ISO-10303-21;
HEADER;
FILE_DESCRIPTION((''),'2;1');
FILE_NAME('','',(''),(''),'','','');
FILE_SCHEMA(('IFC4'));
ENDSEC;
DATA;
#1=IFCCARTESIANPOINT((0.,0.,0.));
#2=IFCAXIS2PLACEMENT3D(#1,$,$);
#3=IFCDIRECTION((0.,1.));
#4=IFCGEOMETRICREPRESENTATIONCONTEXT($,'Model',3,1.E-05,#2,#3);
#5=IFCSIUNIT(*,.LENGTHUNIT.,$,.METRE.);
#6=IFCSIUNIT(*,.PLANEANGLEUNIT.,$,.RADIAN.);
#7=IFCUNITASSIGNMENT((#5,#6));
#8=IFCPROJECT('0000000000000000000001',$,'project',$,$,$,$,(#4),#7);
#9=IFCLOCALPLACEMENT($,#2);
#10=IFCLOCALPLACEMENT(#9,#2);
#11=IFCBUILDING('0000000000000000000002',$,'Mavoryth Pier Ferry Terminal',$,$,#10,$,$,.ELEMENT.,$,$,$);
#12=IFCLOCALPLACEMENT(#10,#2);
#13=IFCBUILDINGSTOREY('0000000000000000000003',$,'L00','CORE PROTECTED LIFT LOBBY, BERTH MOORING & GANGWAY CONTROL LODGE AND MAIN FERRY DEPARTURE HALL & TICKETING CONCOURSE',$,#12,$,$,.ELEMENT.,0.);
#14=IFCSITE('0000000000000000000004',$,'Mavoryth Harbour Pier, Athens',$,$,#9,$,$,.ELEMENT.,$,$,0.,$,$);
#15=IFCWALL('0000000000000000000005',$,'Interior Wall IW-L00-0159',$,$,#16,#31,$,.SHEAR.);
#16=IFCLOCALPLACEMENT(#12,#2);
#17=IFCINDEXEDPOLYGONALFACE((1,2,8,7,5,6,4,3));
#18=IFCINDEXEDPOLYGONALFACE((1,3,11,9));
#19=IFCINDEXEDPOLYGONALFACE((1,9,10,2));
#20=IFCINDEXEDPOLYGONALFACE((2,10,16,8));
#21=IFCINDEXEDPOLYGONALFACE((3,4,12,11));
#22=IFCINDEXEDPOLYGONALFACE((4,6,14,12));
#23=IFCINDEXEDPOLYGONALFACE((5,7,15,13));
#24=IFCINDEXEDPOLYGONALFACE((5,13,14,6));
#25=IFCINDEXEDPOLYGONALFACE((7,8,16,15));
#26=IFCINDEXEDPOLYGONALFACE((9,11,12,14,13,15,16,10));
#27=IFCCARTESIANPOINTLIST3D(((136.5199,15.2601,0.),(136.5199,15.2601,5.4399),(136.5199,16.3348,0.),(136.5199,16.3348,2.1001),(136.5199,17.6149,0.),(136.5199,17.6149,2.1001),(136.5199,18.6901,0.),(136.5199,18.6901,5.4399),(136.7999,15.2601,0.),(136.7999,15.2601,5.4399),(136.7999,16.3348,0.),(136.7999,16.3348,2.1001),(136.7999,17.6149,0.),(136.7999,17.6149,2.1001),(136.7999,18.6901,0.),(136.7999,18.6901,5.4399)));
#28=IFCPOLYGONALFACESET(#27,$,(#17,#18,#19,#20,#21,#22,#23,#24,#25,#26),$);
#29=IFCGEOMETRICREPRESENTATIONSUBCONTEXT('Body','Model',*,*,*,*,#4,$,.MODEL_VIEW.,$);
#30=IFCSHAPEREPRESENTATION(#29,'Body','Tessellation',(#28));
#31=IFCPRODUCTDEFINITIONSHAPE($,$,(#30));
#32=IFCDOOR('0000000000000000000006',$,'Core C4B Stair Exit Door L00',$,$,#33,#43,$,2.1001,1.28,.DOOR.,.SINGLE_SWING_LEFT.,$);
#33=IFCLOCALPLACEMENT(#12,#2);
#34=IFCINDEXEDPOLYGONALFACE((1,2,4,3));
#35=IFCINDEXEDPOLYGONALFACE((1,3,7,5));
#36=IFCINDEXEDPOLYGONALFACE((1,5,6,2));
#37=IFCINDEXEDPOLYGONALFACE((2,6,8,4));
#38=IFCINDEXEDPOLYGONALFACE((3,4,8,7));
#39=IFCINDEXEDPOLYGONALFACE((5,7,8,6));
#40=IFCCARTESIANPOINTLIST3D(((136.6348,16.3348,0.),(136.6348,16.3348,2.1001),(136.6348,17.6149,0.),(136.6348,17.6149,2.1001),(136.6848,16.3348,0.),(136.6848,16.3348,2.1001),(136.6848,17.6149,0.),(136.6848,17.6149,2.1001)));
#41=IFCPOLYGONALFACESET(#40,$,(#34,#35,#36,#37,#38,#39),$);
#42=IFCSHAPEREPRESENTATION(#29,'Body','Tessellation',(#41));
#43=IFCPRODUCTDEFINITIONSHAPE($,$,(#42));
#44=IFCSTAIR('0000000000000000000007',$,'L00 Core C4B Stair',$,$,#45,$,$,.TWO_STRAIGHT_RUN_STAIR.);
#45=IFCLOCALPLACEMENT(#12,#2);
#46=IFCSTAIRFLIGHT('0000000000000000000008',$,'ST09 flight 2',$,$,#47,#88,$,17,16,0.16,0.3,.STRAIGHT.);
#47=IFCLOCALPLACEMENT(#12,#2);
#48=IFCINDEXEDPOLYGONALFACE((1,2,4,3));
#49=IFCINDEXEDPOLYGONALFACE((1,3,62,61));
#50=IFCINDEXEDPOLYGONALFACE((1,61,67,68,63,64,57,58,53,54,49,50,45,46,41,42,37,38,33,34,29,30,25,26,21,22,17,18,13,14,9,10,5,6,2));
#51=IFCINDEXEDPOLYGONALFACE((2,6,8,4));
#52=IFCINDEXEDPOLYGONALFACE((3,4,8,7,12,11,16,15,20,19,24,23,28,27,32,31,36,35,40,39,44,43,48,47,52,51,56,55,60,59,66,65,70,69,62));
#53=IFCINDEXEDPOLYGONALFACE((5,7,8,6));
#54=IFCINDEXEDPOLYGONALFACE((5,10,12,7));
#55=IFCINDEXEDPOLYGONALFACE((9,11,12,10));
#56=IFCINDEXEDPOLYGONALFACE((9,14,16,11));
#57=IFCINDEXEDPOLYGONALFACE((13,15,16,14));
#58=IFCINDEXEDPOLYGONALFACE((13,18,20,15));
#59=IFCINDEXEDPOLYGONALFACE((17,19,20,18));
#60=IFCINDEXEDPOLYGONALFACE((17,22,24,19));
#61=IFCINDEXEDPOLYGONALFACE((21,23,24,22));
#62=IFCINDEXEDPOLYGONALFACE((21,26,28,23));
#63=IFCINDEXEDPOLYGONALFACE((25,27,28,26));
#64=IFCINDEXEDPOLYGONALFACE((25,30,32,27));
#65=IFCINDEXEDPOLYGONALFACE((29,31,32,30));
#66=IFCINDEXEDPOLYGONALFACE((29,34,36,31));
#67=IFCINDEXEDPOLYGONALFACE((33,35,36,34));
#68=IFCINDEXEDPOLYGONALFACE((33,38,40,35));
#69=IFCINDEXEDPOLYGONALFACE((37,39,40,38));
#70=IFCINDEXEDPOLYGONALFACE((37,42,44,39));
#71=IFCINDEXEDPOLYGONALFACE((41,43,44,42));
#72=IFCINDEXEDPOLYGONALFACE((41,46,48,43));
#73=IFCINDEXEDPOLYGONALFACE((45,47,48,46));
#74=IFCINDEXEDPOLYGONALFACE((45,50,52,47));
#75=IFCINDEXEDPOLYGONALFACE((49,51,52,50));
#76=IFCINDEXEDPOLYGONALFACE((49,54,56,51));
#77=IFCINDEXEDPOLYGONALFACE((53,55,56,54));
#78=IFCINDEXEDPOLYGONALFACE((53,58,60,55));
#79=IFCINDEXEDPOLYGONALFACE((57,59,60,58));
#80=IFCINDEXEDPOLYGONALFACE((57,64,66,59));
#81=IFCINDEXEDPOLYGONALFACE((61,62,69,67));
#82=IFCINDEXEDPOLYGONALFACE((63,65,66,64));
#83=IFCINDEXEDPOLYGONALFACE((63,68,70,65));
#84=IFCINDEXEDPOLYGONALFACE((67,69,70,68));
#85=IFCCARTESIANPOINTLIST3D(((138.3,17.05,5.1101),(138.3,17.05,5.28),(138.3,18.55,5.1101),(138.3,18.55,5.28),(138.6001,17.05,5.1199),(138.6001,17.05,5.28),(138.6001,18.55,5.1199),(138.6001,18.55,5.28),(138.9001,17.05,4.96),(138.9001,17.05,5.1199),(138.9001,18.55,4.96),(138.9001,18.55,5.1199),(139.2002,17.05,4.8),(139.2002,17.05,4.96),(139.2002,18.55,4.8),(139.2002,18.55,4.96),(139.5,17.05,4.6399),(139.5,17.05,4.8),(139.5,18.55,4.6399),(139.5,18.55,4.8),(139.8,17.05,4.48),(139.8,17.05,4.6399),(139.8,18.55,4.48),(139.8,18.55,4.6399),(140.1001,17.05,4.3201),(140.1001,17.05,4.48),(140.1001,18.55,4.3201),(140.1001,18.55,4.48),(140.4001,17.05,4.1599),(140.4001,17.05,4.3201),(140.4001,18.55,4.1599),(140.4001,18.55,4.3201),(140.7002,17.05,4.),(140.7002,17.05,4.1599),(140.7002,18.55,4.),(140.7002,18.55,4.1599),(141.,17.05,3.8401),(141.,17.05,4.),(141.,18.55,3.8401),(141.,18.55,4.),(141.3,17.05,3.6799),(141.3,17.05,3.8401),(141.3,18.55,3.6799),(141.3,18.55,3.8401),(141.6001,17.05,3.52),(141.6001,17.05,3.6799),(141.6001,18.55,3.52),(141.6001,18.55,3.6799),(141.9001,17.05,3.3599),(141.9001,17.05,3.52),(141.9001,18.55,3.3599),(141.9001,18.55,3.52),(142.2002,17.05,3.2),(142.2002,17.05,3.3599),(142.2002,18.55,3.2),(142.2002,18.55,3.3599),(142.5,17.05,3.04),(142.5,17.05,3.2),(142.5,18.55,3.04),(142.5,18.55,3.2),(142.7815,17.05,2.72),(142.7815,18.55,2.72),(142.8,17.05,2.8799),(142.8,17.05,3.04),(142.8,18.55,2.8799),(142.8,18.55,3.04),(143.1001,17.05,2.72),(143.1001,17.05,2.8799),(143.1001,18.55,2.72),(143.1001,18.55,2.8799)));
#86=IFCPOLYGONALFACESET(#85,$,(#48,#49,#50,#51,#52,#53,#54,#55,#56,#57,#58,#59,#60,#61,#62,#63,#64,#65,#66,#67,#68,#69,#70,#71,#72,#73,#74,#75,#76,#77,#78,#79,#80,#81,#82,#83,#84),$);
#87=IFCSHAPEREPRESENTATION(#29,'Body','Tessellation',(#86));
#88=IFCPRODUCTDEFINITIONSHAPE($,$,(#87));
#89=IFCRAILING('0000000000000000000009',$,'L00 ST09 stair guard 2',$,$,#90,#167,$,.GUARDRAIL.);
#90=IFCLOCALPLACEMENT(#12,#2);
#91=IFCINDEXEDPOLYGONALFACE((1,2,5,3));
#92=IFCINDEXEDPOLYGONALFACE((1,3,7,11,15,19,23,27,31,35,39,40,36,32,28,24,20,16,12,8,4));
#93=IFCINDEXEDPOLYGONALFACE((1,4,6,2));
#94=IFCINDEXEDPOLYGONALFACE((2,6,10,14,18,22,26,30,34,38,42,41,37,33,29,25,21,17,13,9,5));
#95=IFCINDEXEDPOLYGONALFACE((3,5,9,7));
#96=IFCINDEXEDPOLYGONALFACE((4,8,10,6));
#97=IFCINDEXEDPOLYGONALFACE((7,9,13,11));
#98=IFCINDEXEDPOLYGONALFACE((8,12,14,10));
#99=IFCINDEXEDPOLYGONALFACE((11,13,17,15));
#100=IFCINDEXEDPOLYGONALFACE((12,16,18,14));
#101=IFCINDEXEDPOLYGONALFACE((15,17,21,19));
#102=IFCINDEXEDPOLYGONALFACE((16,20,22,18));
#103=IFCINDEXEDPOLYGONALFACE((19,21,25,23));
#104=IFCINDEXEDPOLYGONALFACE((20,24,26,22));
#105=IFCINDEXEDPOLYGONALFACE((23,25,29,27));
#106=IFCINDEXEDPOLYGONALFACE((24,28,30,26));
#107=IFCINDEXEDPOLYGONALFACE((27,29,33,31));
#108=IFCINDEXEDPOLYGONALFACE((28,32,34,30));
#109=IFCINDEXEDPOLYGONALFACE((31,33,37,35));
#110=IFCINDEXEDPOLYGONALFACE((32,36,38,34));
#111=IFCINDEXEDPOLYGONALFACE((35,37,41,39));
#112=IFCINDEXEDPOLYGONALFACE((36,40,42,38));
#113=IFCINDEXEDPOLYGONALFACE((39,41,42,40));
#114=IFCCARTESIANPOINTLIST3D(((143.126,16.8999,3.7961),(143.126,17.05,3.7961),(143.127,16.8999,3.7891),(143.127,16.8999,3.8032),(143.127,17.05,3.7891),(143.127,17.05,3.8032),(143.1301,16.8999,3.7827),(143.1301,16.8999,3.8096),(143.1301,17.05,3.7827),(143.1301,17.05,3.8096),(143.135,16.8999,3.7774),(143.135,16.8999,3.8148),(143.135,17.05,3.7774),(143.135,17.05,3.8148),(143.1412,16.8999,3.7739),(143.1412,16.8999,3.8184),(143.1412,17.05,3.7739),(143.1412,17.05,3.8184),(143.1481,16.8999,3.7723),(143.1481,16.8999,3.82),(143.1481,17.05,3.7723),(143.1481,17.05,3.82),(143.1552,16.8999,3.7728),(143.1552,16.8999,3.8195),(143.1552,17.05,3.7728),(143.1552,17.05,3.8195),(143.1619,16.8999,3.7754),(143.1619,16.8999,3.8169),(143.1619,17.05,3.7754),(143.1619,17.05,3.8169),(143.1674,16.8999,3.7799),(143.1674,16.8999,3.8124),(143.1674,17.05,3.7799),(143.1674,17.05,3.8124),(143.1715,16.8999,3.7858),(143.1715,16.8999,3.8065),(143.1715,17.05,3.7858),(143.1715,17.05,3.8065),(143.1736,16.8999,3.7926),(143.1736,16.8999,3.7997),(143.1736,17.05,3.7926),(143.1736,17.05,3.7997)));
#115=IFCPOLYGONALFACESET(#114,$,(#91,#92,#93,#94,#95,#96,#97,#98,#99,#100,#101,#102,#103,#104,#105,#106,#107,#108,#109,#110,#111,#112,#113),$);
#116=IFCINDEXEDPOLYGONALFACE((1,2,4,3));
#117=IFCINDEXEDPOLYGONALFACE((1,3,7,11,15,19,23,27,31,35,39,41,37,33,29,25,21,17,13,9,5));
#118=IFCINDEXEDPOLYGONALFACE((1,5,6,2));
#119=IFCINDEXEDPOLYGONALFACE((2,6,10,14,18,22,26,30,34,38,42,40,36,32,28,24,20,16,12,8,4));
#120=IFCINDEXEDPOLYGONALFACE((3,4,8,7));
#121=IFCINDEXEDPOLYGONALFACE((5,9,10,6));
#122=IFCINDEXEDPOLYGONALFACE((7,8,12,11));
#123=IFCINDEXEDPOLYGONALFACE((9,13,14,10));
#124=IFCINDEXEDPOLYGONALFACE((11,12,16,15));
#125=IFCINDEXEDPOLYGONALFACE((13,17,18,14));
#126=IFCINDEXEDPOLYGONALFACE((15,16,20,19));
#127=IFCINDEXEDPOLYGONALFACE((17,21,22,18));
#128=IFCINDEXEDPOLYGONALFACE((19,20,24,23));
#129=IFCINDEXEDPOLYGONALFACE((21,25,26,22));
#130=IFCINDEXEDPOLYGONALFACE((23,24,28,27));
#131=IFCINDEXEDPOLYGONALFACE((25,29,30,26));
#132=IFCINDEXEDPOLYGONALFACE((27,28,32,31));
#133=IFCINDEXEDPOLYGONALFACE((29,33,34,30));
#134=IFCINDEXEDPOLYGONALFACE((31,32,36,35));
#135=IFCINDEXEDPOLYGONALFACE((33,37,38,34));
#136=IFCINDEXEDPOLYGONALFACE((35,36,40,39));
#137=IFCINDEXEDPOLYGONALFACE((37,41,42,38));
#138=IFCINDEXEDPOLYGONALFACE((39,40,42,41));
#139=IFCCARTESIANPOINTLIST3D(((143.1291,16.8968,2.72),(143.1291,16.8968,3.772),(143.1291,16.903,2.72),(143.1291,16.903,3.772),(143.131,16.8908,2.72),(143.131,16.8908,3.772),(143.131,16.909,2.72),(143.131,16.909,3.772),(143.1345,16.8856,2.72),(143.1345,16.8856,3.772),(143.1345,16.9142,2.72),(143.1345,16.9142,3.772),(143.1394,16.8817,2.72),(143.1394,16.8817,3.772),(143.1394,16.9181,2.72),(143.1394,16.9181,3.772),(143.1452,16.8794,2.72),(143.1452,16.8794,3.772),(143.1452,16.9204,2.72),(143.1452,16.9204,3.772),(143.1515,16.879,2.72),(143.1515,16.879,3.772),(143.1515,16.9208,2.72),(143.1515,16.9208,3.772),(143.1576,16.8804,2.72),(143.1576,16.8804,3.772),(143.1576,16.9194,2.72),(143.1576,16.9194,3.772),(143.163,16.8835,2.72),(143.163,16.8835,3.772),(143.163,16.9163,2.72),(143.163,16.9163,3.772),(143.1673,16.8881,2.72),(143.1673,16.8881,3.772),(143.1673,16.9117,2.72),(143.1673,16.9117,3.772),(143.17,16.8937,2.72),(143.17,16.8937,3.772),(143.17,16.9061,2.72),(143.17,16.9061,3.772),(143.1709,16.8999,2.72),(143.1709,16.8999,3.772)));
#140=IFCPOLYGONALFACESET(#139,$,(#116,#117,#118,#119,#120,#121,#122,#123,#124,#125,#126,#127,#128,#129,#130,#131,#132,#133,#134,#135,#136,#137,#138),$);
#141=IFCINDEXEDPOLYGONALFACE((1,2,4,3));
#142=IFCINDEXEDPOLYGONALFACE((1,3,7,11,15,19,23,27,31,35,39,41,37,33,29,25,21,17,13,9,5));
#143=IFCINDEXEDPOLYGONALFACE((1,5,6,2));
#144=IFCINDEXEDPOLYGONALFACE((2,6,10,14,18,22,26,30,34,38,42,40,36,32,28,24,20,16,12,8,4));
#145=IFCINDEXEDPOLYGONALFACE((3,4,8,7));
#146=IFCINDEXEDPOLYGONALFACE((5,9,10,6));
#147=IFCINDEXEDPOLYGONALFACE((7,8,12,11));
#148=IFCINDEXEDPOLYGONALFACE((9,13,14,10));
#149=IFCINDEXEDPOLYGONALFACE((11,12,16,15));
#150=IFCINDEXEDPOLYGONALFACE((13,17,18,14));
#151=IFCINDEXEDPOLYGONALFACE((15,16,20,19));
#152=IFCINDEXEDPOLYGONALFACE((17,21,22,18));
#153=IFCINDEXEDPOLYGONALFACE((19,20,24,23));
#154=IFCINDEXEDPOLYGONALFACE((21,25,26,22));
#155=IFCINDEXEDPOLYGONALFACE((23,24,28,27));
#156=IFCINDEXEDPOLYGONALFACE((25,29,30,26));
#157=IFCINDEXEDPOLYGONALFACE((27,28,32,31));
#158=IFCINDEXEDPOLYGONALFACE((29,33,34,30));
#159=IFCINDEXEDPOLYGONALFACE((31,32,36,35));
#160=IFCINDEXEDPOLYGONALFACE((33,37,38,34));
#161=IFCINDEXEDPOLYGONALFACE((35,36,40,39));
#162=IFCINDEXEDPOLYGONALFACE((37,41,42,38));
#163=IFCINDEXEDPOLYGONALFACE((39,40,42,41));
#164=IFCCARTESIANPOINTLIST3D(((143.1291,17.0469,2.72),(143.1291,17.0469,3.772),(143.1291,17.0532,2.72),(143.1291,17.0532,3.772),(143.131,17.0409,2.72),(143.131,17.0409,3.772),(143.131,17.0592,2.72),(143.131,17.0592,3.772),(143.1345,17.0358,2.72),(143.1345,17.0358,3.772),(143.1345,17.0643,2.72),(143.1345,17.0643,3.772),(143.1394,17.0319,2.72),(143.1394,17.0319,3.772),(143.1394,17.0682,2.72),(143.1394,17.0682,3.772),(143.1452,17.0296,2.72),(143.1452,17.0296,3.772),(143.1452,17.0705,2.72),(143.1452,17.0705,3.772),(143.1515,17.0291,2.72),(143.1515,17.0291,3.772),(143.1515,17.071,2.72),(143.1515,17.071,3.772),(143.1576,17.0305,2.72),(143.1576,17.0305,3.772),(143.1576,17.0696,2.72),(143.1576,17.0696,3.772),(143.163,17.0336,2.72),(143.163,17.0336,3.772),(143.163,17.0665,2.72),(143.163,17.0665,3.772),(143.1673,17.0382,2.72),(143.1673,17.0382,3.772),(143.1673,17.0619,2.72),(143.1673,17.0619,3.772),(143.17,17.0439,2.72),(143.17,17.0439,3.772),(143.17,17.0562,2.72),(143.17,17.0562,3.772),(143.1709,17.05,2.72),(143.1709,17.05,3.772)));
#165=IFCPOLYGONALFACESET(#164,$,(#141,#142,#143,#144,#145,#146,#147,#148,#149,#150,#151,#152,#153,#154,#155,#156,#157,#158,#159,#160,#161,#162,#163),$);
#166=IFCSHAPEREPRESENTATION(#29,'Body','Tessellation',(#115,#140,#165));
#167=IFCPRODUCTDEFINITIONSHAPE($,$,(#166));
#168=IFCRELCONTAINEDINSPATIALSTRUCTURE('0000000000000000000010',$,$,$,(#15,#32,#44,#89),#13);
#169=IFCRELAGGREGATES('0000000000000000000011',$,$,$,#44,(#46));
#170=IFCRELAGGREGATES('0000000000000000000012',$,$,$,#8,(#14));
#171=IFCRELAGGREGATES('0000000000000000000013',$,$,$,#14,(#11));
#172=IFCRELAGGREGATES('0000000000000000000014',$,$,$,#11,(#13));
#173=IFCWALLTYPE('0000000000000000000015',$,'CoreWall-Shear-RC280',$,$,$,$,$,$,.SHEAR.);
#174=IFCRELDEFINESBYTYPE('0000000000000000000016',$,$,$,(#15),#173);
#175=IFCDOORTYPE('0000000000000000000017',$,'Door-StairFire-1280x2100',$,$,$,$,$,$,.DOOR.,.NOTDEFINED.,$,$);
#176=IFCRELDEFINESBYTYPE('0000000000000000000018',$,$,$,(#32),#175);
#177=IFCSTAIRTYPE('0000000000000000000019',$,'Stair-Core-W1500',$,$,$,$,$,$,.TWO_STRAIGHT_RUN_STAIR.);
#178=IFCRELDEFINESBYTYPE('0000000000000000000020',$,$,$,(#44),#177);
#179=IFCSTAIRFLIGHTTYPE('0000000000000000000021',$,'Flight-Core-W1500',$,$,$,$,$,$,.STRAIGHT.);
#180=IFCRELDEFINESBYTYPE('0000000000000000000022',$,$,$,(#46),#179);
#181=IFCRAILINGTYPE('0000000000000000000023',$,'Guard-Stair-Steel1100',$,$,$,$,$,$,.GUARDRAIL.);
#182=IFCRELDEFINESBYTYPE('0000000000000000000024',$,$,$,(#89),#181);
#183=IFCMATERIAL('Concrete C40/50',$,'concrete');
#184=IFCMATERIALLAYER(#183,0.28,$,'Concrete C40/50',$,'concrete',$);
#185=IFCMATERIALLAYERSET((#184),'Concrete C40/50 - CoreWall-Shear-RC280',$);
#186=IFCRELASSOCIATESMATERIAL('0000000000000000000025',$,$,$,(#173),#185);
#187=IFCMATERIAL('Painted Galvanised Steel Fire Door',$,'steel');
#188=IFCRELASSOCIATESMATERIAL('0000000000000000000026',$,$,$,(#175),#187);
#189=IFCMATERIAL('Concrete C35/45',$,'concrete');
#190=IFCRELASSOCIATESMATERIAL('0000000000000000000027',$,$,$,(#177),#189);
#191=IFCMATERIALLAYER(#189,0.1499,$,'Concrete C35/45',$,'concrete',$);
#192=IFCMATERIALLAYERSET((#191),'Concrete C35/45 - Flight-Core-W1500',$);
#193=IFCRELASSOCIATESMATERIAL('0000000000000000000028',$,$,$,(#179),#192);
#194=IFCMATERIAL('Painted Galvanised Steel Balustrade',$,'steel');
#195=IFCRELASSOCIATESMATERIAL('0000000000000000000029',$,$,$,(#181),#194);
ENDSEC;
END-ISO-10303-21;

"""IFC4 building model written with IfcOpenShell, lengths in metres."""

from ifc_helpers import new_model, si_unit, direction, frame, frame_2d, origin, origin_2d, place, context, subcontext, project, spatial, polyline, rectangle, circle, outline, extrude, material, layer, layer_set, type_object, element, fill, aggregate, save


model = new_model("IFC4")

# Units and contexts
model_context = context("Model", 3, precision=1e-05, world=origin(), true_north=direction((0.0, 1.0)))
body_context = subcontext(model_context, "Body", "Model", "MODEL_VIEW")
ifc_project = project(units=[si_unit("LENGTHUNIT", "METRE"), si_unit("PLANEANGLEUNIT", "RADIAN")], contexts=[model_context])

# Site, building, storey
site_placement = place(None, origin())
site = spatial("IfcSite", under=ifc_project, at=site_placement, Name="Mavoryth Harbour Pier, Athens", CompositionType="ELEMENT", RefElevation=0.0)
building_placement = place(site_placement, origin())
building = spatial("IfcBuilding", under=site, at=building_placement, Name="Mavoryth Pier Ferry Terminal", CompositionType="ELEMENT")
storey_placement = place(building_placement, origin())
storey = spatial("IfcBuildingStorey", under=building, at=storey_placement, Name="L00", Description="CORE PROTECTED LIFT LOBBY, BERTH MOORING & GANGWAY CONTROL LODGE AND MAIN FERRY DEPARTURE HALL & TICKETING CONCOURSE", CompositionType="ELEMENT", Elevation=0.0)

# Shared definitions
ifc_material_1 = material(Name="Concrete C35/45", Category="concrete")

# Shared definitions
ifc_material_2 = material(Name="Concrete C40/50", Category="concrete")

# Shared definitions
ifc_layer_1 = layer(ifc_material_2, 0.28, Name="Concrete C40/50", Category="concrete")
ifc_layer_set_1 = layer_set([ifc_layer_1], Name="Concrete C40/50 - CoreWall-Shear-RC280")
wall_type_1 = type_object("IfcWallType", Name="CoreWall-Shear-RC280", PredefinedType="SHEAR", material=ifc_layer_set_1)

# Wall, opening, door
wall_1_placement = place(storey_placement, frame((136.6599, 18.6899, 0.0), z_axis=(0.0, 0.0, 1.0), x_axis=(0.0, -1.0, 0.0)))
wall_1 = element("IfcWall", 1, at=wall_1_placement, inside=storey, type_object=wall_type_1, Name="Interior Wall IW-L00-0159", PredefinedType="SHEAR", context=body_context, shape_type="SweptSolid", body=[
    extrude(rectangle(XDim=3.4299, YDim=0.28, at=frame_2d((1.7148, 0.0))), origin(), (0.0, 0.0, 1.0), 5.4399),
])
opening_1_placement = place(wall_1_placement, frame((1.075, 0.0, 0.0)))
opening_1 = element("IfcOpeningElement", 2, at=opening_1_placement, cuts=wall_1, PredefinedType="OPENING", context=body_context, shape_type="SweptSolid", body=[
    extrude(rectangle(XDim=1.28, YDim=2.1001, at=frame_2d((0.6401, 1.05))), frame((0.0, 0.1499, 0.0), z_axis=(0.0, -1.0, 0.0), x_axis=(1.0, 0.0, 0.0)), (0.0, 0.0, 1.0), 0.3),
])
ifc_material_3 = material(Name="Painted Galvanised Steel Fire Door", Category="steel")
door_type_1 = type_object("IfcDoorType", Name="Door-StairFire-1280x2100", OperationType="NOTDEFINED", PredefinedType="DOOR", material=ifc_material_3)
door_1_placement = place(opening_1_placement, origin())
door_1 = element("IfcDoor", 3, at=door_1_placement, inside=storey, type_object=door_type_1, Name="Core C4B Stair Exit Door L00", OperationType="SINGLE_SWING_LEFT", OverallHeight=2.1001, OverallWidth=1.28, PredefinedType="DOOR", context=body_context, shape_type="SweptSolid", body=[
    extrude(rectangle(XDim=1.28, YDim=2.1001, at=frame_2d((0.6401, 1.05))), frame((0.0, 0.0249, 0.0), z_axis=(0.0, -1.0, 0.0), x_axis=(1.0, 0.0, 0.0)), (0.0, 0.0, 1.0), 0.05),
])
fill(opening_1, door_1)

# Stair, stair flight
stair_type = type_object("IfcStairType", Name="Stair-Core-W1500", PredefinedType="TWO_STRAIGHT_RUN_STAIR", material=ifc_material_1)
stair_placement = place(storey_placement, origin())
stair = element("IfcStair", 4, at=stair_placement, inside=storey, type_object=stair_type, Name="L00 Core C4B Stair", PredefinedType="TWO_STRAIGHT_RUN_STAIR")
ifc_layer_2 = layer(ifc_material_1, 0.1499, Name="Concrete C35/45", Category="concrete")
ifc_layer_set_2 = layer_set([ifc_layer_2], Name="Concrete C35/45 - Flight-Core-W1500")
stair_flight_type = type_object("IfcStairFlightType", Name="Flight-Core-W1500", PredefinedType="STRAIGHT", material=ifc_layer_set_2)
stair_flight_placement = place(storey_placement, frame((143.1001, 17.8, 2.72), z_axis=(0.0, 0.0, 1.0), x_axis=(-1.0, 0.0, 0.0)))
stair_flight = element("IfcStairFlight", 5, at=stair_flight_placement, type_object=stair_flight_type, Name="ST09 flight 2", NumberOfRisers=17, NumberOfTreads=16, PredefinedType="STRAIGHT", RiserHeight=0.16, TreadLength=0.3, context=body_context, shape_type="SweptSolid", body=[
    extrude(outline(polyline([(0.0, 0.0), (0.0, 0.1599), (0.3, 0.1599), (0.3, 0.3201), (0.6001, 0.3201), (0.6001, 0.48), (0.8999, 0.48), (0.8999, 0.6399), (1.2, 0.6399), (1.2, 0.8), (1.5, 0.8), (1.5, 0.96), (1.8, 0.96), (1.8, 1.1201), (2.1001, 1.1201), (2.1001, 1.28), (2.3999, 1.28), (2.3999, 1.4399), (2.7, 1.4399), (2.7, 1.6001), (3.0, 1.6001), (3.0, 1.76), (3.3, 1.76), (3.3, 1.9199), (3.6001, 1.9199), (3.6001, 2.0801), (3.8999, 2.0801), (3.8999, 2.24), (4.2, 2.24), (4.2, 2.3999), (4.5, 2.3999), (4.5, 2.5601), (4.8, 2.5601), (4.8, 2.72), (4.8, 2.3901), (0.3186, 0.0), (0.0, 0.0)])), frame((0.0, 0.75, 0.0), z_axis=(0.0, -1.0, 0.0), x_axis=(1.0, 0.0, 0.0)), (0.0, 0.0, 1.0), 1.5),
])
aggregate(stair, [stair_flight])

# Railing
ifc_material_4 = material(Name="Painted Galvanised Steel Balustrade", Category="steel")
railing_type_1 = type_object("IfcRailingType", Name="Guard-Stair-Steel1100", PredefinedType="GUARDRAIL", material=ifc_material_4)
railing_1_placement = place(storey_placement, frame((143.1499, 16.8999, 2.72)))
element("IfcRailing", 6, at=railing_1_placement, inside=storey, type_object=railing_type_1, Name="L00 ST09 stair guard 2", PredefinedType="GUARDRAIL", context=body_context, shape_type="SweptSolid", body=[
    extrude(circle(Radius=0.0239, at=origin_2d()), frame((0.0, 0.0, 1.0762), z_axis=(0.0, 1.0, 0.0), x_axis=(-1.0, 0.0, 0.0)), (0.0, 0.0, 1.0), 0.1501),
    extrude(circle(Radius=0.021, at=origin_2d()), origin(), (0.0, 0.0, 1.0), 1.052),
    extrude(circle(Radius=0.021, at=origin_2d()), frame((0.0, 0.1501, 0.0)), (0.0, 0.0, 1.0), 1.052),
])

save(model, "model.ifc")
